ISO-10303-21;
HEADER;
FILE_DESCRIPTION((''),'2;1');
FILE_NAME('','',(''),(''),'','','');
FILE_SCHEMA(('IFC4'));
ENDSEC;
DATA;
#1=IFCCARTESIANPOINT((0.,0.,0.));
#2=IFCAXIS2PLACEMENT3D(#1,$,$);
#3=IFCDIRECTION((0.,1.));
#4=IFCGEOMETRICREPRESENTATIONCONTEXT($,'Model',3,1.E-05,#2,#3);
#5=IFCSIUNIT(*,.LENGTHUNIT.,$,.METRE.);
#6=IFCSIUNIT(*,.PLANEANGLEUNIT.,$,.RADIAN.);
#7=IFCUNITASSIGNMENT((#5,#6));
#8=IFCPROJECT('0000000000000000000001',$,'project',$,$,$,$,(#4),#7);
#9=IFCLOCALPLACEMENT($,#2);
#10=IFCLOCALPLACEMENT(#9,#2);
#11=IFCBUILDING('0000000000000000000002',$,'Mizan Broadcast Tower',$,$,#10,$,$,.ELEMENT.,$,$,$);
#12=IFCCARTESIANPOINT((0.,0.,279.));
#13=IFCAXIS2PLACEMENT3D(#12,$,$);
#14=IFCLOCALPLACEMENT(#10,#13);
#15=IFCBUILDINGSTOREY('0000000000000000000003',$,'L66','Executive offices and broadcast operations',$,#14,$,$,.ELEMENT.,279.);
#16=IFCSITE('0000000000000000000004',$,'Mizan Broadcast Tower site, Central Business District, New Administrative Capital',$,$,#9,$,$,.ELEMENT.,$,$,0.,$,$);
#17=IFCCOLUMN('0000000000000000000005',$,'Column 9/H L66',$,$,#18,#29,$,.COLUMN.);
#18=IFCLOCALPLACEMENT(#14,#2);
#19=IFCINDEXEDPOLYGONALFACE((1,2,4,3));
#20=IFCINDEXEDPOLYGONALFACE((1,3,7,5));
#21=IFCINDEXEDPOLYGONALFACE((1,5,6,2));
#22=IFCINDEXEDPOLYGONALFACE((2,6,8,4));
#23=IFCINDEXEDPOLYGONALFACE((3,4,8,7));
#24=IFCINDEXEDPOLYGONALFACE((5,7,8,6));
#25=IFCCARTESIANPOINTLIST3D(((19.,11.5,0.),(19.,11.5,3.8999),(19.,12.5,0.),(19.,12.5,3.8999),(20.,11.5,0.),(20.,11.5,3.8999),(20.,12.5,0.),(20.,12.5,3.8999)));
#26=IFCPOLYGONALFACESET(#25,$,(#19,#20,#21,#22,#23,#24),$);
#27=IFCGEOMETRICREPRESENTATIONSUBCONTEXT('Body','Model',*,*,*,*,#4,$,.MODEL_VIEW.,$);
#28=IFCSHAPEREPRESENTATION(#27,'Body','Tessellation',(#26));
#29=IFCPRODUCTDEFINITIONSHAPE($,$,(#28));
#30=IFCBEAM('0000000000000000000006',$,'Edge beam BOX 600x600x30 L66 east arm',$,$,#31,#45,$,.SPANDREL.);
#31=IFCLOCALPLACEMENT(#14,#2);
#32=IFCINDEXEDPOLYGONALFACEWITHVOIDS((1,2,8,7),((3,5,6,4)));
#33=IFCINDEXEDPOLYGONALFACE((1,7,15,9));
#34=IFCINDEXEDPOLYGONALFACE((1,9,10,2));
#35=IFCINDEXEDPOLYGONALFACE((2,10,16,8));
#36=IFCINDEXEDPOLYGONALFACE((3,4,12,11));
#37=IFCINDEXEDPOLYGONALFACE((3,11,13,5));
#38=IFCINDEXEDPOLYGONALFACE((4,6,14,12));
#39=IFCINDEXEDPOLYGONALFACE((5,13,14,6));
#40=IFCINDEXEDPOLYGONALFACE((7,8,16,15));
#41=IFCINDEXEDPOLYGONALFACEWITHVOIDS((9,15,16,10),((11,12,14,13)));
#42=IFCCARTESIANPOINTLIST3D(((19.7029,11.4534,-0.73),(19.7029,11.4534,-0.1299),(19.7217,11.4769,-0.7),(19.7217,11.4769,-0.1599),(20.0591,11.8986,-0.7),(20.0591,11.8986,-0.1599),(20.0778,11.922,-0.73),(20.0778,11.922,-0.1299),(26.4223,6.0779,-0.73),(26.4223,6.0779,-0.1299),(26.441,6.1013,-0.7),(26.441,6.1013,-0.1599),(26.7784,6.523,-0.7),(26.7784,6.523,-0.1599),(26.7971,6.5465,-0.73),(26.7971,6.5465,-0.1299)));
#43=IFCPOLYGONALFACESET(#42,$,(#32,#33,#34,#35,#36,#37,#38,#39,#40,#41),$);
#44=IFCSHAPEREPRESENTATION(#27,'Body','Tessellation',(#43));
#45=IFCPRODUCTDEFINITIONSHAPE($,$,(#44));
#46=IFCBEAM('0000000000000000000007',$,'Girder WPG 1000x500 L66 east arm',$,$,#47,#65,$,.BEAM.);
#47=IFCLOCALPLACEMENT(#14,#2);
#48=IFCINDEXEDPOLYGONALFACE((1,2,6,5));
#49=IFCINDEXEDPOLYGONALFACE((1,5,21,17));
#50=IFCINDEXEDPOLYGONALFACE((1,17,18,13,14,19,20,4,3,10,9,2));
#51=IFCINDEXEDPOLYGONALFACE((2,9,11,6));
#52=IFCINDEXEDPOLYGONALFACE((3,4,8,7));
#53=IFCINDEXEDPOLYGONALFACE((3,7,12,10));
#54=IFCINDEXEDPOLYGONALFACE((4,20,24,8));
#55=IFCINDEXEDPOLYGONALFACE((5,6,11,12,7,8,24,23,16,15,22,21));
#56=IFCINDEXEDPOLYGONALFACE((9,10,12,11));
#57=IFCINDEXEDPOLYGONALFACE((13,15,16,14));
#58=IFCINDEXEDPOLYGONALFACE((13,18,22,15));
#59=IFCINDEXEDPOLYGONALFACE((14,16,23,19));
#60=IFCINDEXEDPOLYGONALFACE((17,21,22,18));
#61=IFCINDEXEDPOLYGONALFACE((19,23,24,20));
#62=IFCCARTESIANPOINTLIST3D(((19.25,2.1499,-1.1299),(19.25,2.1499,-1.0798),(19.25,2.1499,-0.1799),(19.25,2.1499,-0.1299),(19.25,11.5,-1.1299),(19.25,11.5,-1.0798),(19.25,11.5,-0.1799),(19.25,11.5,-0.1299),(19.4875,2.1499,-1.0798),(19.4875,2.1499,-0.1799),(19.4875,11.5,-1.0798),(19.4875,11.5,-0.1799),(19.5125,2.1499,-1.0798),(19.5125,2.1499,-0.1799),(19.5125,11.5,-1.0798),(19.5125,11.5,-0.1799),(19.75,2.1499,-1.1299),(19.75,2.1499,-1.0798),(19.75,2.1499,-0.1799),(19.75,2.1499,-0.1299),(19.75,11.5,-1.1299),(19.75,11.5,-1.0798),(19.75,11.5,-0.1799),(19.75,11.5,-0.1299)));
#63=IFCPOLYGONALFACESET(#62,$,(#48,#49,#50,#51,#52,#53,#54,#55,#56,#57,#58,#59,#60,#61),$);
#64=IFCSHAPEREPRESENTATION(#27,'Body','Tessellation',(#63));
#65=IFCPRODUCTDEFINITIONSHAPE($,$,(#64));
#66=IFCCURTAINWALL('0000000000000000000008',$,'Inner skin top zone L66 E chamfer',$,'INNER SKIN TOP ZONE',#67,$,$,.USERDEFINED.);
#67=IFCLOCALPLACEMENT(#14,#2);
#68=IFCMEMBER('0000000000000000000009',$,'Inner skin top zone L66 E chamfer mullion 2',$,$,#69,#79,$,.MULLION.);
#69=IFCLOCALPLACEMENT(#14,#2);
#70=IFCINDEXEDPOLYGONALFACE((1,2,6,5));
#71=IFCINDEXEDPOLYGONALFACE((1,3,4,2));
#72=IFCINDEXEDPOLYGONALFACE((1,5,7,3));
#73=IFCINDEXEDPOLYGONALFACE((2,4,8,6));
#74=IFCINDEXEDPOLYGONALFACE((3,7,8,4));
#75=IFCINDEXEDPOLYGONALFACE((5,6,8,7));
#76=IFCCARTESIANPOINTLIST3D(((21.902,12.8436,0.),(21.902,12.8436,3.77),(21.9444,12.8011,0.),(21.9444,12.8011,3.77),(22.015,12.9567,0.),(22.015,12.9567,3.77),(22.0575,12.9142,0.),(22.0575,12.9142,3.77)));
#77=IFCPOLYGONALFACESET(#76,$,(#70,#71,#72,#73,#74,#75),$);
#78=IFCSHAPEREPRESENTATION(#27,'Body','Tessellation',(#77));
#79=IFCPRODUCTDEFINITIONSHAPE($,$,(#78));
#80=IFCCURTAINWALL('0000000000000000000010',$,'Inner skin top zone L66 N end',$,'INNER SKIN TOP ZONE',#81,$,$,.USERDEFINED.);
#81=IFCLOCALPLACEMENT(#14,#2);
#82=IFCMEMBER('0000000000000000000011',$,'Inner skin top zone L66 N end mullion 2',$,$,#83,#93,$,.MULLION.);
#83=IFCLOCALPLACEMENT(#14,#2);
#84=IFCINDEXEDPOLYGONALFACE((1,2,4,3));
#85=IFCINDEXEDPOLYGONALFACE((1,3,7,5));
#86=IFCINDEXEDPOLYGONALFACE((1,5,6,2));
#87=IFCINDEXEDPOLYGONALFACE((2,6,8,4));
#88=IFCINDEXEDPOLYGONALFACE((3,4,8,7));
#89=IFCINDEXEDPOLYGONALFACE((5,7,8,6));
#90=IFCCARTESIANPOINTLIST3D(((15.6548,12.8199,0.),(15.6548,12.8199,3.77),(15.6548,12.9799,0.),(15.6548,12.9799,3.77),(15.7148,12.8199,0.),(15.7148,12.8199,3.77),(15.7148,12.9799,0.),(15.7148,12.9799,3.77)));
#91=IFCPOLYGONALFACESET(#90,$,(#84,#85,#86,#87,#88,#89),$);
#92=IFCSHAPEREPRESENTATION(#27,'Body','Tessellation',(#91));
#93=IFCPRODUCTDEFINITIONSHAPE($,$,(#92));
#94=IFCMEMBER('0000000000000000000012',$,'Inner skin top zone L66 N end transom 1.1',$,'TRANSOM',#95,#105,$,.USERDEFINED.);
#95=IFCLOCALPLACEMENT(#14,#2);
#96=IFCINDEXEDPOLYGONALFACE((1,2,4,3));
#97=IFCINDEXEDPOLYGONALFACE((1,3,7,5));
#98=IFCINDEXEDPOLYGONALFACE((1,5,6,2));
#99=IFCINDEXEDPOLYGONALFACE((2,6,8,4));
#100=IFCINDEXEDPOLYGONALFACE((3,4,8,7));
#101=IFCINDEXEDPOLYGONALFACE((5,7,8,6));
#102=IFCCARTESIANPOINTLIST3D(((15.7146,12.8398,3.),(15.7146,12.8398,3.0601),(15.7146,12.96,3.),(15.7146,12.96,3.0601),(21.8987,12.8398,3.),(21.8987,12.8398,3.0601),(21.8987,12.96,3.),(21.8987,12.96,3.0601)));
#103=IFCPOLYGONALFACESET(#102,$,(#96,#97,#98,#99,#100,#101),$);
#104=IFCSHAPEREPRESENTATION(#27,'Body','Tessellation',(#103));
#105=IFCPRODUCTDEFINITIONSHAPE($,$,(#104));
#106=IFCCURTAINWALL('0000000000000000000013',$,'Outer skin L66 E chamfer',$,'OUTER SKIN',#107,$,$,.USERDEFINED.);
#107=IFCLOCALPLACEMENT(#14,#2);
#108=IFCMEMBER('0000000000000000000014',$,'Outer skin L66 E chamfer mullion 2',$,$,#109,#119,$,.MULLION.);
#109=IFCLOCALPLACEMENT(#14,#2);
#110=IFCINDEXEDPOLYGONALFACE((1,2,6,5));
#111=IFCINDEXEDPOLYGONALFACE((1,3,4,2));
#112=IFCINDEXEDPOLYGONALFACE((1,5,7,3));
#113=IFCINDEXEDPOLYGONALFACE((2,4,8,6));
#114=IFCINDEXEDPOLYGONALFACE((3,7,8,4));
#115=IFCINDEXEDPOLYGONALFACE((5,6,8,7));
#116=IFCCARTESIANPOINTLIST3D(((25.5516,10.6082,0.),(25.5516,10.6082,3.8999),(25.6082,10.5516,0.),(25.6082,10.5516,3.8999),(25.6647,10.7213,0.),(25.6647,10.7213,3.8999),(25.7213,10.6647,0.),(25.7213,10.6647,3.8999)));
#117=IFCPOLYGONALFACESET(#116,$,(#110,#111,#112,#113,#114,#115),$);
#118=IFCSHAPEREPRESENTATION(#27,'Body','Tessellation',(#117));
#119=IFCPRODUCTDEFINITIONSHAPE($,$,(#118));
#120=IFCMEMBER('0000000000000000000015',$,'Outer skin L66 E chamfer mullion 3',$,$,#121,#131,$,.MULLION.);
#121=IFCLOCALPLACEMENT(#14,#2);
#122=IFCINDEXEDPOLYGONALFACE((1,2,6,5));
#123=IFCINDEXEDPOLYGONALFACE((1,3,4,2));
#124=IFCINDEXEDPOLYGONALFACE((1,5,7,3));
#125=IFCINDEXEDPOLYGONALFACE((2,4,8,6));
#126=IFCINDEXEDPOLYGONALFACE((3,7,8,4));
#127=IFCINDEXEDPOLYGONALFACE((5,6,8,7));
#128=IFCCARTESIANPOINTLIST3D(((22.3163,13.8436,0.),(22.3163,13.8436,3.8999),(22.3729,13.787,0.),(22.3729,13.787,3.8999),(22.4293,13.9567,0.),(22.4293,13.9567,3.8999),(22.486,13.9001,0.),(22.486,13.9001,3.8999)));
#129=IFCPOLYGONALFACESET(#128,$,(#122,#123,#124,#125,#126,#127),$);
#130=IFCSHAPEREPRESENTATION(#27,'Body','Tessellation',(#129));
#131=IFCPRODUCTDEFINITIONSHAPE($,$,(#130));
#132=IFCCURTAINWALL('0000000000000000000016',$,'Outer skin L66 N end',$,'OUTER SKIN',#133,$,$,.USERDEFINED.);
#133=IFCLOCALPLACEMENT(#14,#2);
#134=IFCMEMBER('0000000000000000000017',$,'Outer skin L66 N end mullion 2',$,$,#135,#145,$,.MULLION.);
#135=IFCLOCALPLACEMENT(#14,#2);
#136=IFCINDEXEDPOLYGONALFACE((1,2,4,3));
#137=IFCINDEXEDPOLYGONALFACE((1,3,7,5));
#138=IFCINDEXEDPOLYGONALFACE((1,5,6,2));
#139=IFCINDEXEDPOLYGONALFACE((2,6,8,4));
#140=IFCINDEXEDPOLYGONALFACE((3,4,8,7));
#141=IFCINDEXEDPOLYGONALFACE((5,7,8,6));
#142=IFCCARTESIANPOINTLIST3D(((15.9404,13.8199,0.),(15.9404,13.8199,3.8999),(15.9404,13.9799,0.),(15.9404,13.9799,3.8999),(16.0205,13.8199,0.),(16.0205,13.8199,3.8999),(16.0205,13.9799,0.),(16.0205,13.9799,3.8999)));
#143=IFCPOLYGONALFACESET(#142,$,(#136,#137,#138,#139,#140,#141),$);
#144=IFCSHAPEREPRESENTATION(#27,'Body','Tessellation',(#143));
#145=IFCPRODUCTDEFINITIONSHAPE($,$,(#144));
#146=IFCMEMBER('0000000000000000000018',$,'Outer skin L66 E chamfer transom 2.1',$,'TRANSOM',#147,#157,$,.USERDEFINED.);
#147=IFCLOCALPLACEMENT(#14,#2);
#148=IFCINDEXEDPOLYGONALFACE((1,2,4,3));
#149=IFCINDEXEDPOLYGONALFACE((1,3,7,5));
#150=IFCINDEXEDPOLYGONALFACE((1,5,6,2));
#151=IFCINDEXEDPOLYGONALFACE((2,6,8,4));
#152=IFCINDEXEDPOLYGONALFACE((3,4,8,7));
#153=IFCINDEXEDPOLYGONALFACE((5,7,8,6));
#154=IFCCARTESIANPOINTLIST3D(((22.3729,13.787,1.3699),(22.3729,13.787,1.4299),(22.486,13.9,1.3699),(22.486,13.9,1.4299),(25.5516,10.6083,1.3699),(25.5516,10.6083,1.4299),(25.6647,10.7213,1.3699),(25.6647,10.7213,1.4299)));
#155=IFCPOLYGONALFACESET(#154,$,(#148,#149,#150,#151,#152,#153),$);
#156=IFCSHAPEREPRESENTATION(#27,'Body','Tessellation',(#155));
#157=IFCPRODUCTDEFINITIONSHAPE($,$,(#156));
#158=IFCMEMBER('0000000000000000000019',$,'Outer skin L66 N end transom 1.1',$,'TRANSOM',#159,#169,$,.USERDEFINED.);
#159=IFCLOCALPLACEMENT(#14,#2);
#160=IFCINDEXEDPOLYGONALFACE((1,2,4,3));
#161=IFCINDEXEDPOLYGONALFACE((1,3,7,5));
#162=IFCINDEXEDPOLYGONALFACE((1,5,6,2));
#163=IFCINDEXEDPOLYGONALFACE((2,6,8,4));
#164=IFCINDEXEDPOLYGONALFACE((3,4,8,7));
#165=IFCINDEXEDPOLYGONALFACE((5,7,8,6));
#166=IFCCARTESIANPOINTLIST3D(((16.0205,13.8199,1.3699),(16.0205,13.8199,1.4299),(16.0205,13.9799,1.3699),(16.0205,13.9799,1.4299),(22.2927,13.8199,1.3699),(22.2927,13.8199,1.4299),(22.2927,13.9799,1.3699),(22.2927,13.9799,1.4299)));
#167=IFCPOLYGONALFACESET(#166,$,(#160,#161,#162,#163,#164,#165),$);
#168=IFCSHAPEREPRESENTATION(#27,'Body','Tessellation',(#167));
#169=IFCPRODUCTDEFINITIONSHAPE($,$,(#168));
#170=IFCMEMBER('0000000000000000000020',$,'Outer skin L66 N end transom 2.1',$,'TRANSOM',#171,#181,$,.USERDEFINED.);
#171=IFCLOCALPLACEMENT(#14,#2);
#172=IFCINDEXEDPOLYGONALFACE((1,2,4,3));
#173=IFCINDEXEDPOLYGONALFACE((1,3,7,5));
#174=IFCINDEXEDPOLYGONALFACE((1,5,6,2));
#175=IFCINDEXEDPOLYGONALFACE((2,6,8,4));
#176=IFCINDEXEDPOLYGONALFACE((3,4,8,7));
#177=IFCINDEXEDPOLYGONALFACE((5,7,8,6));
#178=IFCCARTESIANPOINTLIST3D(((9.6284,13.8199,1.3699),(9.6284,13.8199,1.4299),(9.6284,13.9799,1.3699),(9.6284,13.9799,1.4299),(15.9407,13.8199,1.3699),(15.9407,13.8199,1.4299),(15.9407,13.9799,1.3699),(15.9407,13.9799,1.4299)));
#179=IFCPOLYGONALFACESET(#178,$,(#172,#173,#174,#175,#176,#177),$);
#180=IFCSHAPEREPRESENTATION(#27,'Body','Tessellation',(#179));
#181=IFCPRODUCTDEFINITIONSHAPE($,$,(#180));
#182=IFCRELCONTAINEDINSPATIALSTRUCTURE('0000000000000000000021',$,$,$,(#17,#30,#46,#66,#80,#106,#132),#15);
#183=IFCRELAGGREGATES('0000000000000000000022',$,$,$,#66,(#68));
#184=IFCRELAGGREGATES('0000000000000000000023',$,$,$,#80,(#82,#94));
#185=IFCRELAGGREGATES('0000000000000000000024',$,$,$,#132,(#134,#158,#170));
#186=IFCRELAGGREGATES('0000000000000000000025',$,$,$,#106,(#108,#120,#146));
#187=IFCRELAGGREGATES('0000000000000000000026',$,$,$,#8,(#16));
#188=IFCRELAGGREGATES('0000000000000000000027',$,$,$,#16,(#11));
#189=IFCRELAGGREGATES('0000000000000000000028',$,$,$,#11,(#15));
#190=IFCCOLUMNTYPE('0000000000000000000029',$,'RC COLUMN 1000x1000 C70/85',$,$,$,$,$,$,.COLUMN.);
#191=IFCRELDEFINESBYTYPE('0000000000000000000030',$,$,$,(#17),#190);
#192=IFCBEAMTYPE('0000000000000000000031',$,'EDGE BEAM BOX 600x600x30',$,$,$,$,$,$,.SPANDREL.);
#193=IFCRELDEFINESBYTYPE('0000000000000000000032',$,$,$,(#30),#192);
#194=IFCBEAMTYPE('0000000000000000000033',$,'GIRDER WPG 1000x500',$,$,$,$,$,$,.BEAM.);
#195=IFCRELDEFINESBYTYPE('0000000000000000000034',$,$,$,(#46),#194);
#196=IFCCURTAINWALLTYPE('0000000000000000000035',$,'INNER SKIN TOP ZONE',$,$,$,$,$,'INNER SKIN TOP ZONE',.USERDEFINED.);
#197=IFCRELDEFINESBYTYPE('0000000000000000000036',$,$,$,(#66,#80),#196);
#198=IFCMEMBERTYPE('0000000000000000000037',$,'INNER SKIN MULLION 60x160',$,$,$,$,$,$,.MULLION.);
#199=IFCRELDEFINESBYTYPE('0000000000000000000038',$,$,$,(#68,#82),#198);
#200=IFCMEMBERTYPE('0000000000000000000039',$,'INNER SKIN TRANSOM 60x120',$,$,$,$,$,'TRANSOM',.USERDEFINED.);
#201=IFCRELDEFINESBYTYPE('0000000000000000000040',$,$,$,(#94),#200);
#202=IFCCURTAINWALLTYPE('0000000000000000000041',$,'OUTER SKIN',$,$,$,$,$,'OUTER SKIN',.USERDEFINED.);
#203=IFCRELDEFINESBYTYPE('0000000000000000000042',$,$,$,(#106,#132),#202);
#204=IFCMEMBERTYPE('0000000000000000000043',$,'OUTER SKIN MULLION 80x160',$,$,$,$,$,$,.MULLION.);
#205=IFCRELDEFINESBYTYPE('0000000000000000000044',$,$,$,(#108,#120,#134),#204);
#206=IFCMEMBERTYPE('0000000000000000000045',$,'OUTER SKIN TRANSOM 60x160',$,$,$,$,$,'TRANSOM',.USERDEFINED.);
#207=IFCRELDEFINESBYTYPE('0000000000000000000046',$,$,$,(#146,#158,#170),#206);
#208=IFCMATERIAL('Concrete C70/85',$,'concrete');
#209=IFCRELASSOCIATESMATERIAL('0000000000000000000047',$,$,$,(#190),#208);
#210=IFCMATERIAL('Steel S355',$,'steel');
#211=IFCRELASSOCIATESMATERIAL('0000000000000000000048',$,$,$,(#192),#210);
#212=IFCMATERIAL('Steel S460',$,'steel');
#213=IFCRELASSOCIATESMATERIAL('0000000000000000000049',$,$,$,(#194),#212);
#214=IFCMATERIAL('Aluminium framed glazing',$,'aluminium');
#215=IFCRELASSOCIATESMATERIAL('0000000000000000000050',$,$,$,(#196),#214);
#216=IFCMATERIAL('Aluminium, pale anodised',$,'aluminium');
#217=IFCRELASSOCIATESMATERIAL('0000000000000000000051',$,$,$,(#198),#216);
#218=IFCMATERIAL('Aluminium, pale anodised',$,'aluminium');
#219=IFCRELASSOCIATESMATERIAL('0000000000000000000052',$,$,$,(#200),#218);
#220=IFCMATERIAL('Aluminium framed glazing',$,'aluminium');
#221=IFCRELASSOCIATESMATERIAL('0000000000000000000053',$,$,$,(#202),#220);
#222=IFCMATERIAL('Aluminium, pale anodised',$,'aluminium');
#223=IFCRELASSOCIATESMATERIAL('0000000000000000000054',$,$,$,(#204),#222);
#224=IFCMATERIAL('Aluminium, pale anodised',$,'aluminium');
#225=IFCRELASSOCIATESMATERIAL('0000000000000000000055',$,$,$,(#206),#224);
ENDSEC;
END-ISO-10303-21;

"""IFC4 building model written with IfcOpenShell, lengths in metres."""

from ifc_helpers import new_model, si_unit, direction, frame, origin, origin_2d, place, context, subcontext, project, spatial, rectangle, hollow_rectangle, i_section, extrude, material, material_profile, profile_set, type_object, element, aggregate, save


model = new_model("IFC4")

# Units and contexts
model_context = context("Model", 3, precision=1e-05, world=origin(), true_north=direction((0.0, 1.0)))
body_context = subcontext(model_context, "Body", "Model", "MODEL_VIEW")
ifc_project = project(units=[si_unit("LENGTHUNIT", "METRE"), si_unit("PLANEANGLEUNIT", "RADIAN")], contexts=[model_context])

# Site, building, storey
site_placement = place(None, origin())
site = spatial("IfcSite", under=ifc_project, at=site_placement, Name="Mizan Broadcast Tower site, Central Business District, New Administrative Capital", CompositionType="ELEMENT", RefElevation=0.0)
building_placement = place(site_placement, origin())
building = spatial("IfcBuilding", under=site, at=building_placement, Name="Mizan Broadcast Tower", CompositionType="ELEMENT")
storey_placement = place(building_placement, frame((0.0, 0.0, 279.0)))
storey = spatial("IfcBuildingStorey", under=building, at=storey_placement, Name="L66", Description="Executive offices and broadcast operations", CompositionType="ELEMENT", Elevation=279.0)

# Column
ifc_material_1 = material(Name="Concrete C70/85", Category="concrete")
ifc_material_profile_1 = material_profile(ifc_material_1, rectangle(XDim=1.0, YDim=1.0, at=origin_2d()), Name="RC 1000x1000")
ifc_profile_set_1 = profile_set([ifc_material_profile_1], Name="Concrete C70/85")
column_type = type_object("IfcColumnType", Name="RC COLUMN 1000x1000 C70/85", PredefinedType="COLUMN", material=ifc_profile_set_1)
column_placement = place(storey_placement, frame((19.5, 12.0, 0.0), z_axis=(0.0, 0.0, 1.0), x_axis=(1.0, 0.0, 0.0)))
element("IfcColumn", 1, at=column_placement, inside=storey, type_object=column_type, Name="Column 9/H L66", PredefinedType="COLUMN", context=body_context, shape_type="SweptSolid", body=[
    extrude(rectangle(XDim=1.0, YDim=1.0, at=origin_2d()), origin(), (0.0, 0.0, 1.0), 3.8999),
])

# Beams
ifc_material_2 = material(Name="Steel S355", Category="steel")
ifc_material_profile_2 = material_profile(ifc_material_2, hollow_rectangle(XDim=0.6001, YDim=0.6001, WallThickness=0.03, at=origin_2d()), Name="BOX 600x600x30")
ifc_profile_set_2 = profile_set([ifc_material_profile_2], Name="Steel S355")
beam_type_1 = type_object("IfcBeamType", Name="EDGE BEAM BOX 600x600x30", PredefinedType="SPANDREL", material=ifc_profile_set_2)
beam_1_placement = place(storey_placement, frame((19.8904, 11.6877, -0.4299), z_axis=(0.780863, -0.624702, 0.0), x_axis=(0.624702, 0.780863, 0.0)))
element("IfcBeam", 2, at=beam_1_placement, inside=storey, type_object=beam_type_1, Name="Edge beam BOX 600x600x30 L66 east arm", PredefinedType="SPANDREL", context=body_context, shape_type="SweptSolid", body=[
    extrude(hollow_rectangle(XDim=0.6001, YDim=0.6001, WallThickness=0.03, at=origin_2d()), origin(), (0.0, 0.0, 1.0), 8.605),
])
ifc_material_3 = material(Name="Steel S460", Category="steel")
ifc_material_profile_3 = material_profile(ifc_material_3, i_section(OverallWidth=0.5, OverallDepth=1.0, WebThickness=0.0249, FlangeThickness=0.05, at=origin_2d()), Name="WPG 1000x500")
ifc_profile_set_3 = profile_set([ifc_material_profile_3], Name="Steel S460")
beam_type_2 = type_object("IfcBeamType", Name="GIRDER WPG 1000x500", PredefinedType="BEAM", material=ifc_profile_set_3)
beam_2_placement = place(storey_placement, frame((19.5, 11.5, -0.6299), z_axis=(0.0, -1.0, 0.0), x_axis=(1.0, 0.0, 0.0)))
element("IfcBeam", 3, at=beam_2_placement, inside=storey, type_object=beam_type_2, Name="Girder WPG 1000x500 L66 east arm", PredefinedType="BEAM", context=body_context, shape_type="SweptSolid", body=[
    extrude(i_section(OverallWidth=0.5, OverallDepth=1.0, WebThickness=0.0249, FlangeThickness=0.05, at=origin_2d()), origin(), (0.0, 0.0, 1.0), 9.3501),
])

# Curtain wall, member
ifc_material_4 = material(Name="Aluminium framed glazing", Category="aluminium")
curtain_wall_type_1 = type_object("IfcCurtainWallType", Name="INNER SKIN TOP ZONE", ElementType="INNER SKIN TOP ZONE", PredefinedType="USERDEFINED", material=ifc_material_4)
curtain_wall_1_placement = place(storey_placement, origin())
curtain_wall_1 = element("IfcCurtainWall", 4, at=curtain_wall_1_placement, inside=storey, type_object=curtain_wall_type_1, Name="Inner skin top zone L66 E chamfer", ObjectType="INNER SKIN TOP ZONE", PredefinedType="USERDEFINED")
ifc_material_5 = material(Name="Aluminium, pale anodised", Category="aluminium")
ifc_material_profile_4 = material_profile(ifc_material_5, rectangle(XDim=0.1599, YDim=0.0601, at=origin_2d()), Name="MULLION 160x60")
ifc_profile_set_4 = profile_set([ifc_material_profile_4], Name="Aluminium, pale anodised")
member_type_1 = type_object("IfcMemberType", Name="INNER SKIN MULLION 60x160", PredefinedType="MULLION", material=ifc_profile_set_4)
member_1_placement = place(storey_placement, frame((21.9797, 12.8789, 0.0), z_axis=(0.0, 0.0, 1.0), x_axis=(-0.707107, -0.707107, 0.0)))
member_1 = element("IfcMember", 5, at=member_1_placement, type_object=member_type_1, Name="Inner skin top zone L66 E chamfer mullion 2", PredefinedType="MULLION", context=body_context, shape_type="SweptSolid", body=[
    extrude(rectangle(XDim=0.1599, YDim=0.0601, at=origin_2d()), origin(), (0.0, 0.0, 1.0), 3.77),
])

# Curtain walls, members
curtain_wall_2_placement = place(storey_placement, origin())
curtain_wall_2 = element("IfcCurtainWall", 6, at=curtain_wall_2_placement, inside=storey, type_object=curtain_wall_type_1, Name="Inner skin top zone L66 N end", ObjectType="INNER SKIN TOP ZONE", PredefinedType="USERDEFINED")
member_2_placement = place(storey_placement, frame((15.6848, 12.8999, 0.0), z_axis=(0.0, 0.0, 1.0), x_axis=(0.0, -1.0, 0.0)))
member_2 = element("IfcMember", 7, at=member_2_placement, type_object=member_type_1, Name="Inner skin top zone L66 N end mullion 2", PredefinedType="MULLION", context=body_context, shape_type="SweptSolid", body=[
    extrude(rectangle(XDim=0.1599, YDim=0.0601, at=origin_2d()), origin(), (0.0, 0.0, 1.0), 3.77),
])
ifc_material_6 = material(Name="Aluminium, pale anodised", Category="aluminium")
ifc_material_profile_5 = material_profile(ifc_material_6, rectangle(XDim=0.1201, YDim=0.0601, at=origin_2d()), Name="TRANSOM 120x60")
ifc_profile_set_5 = profile_set([ifc_material_profile_5], Name="Aluminium, pale anodised")
member_type_2 = type_object("IfcMemberType", Name="INNER SKIN TRANSOM 60x120", ElementType="TRANSOM", PredefinedType="USERDEFINED", material=ifc_profile_set_5)
member_3_placement = place(storey_placement, frame((21.8987, 12.8999, 3.03), z_axis=(-1.0, 0.0, 0.0), x_axis=(0.0, -1.0, 0.0)))
member_3 = element("IfcMember", 8, at=member_3_placement, type_object=member_type_2, Name="Inner skin top zone L66 N end transom 1.1", ObjectType="TRANSOM", PredefinedType="USERDEFINED", context=body_context, shape_type="SweptSolid", body=[
    extrude(rectangle(XDim=0.1201, YDim=0.0601, at=origin_2d()), origin(), (0.0, 0.0, 1.0), 6.1841),
])
ifc_material_7 = material(Name="Aluminium framed glazing", Category="aluminium")
curtain_wall_type_2 = type_object("IfcCurtainWallType", Name="OUTER SKIN", ElementType="OUTER SKIN", PredefinedType="USERDEFINED", material=ifc_material_7)
curtain_wall_3_placement = place(storey_placement, origin())
curtain_wall_3 = element("IfcCurtainWall", 9, at=curtain_wall_3_placement, inside=storey, type_object=curtain_wall_type_2, Name="Outer skin L66 E chamfer", ObjectType="OUTER SKIN", PredefinedType="USERDEFINED")
ifc_material_8 = material(Name="Aluminium, pale anodised", Category="aluminium")
ifc_material_profile_6 = material_profile(ifc_material_8, rectangle(XDim=0.1599, YDim=0.0801, at=origin_2d()), Name="MULLION 160x80")
ifc_profile_set_6 = profile_set([ifc_material_profile_6], Name="Aluminium, pale anodised")
member_type_3 = type_object("IfcMemberType", Name="OUTER SKIN MULLION 80x160", PredefinedType="MULLION", material=ifc_profile_set_6)
member_4_placement = place(storey_placement, frame((25.6365, 10.6365, 0.0), z_axis=(0.0, 0.0, 1.0), x_axis=(-0.707107, -0.707107, 0.0)))
member_4 = element("IfcMember", 10, at=member_4_placement, type_object=member_type_3, Name="Outer skin L66 E chamfer mullion 2", PredefinedType="MULLION", context=body_context, shape_type="SweptSolid", body=[
    extrude(rectangle(XDim=0.1599, YDim=0.0801, at=origin_2d()), origin(), (0.0, 0.0, 1.0), 3.8999),
])
member_5_placement = place(storey_placement, frame((22.4011, 13.8718, 0.0), z_axis=(0.0, 0.0, 1.0), x_axis=(-0.707107, -0.707107, 0.0)))
member_5 = element("IfcMember", 11, at=member_5_placement, type_object=member_type_3, Name="Outer skin L66 E chamfer mullion 3", PredefinedType="MULLION", context=body_context, shape_type="SweptSolid", body=[
    extrude(rectangle(XDim=0.1599, YDim=0.0801, at=origin_2d()), origin(), (0.0, 0.0, 1.0), 3.8999),
])

# Curtain wall, member
curtain_wall_4_placement = place(storey_placement, origin())
curtain_wall_4 = element("IfcCurtainWall", 12, at=curtain_wall_4_placement, inside=storey, type_object=curtain_wall_type_2, Name="Outer skin L66 N end", ObjectType="OUTER SKIN", PredefinedType="USERDEFINED")
member_6_placement = place(storey_placement, frame((15.9805, 13.8999, 0.0), z_axis=(0.0, 0.0, 1.0), x_axis=(0.0, -1.0, 0.0)))
member_6 = element("IfcMember", 13, at=member_6_placement, type_object=member_type_3, Name="Outer skin L66 N end mullion 2", PredefinedType="MULLION", context=body_context, shape_type="SweptSolid", body=[
    extrude(rectangle(XDim=0.1599, YDim=0.0801, at=origin_2d()), origin(), (0.0, 0.0, 1.0), 3.8999),
])

# Members
ifc_material_9 = material(Name="Aluminium, pale anodised", Category="aluminium")
ifc_material_profile_7 = material_profile(ifc_material_9, rectangle(XDim=0.1599, YDim=0.0601, at=origin_2d()), Name="TRANSOM 160x60")
ifc_profile_set_7 = profile_set([ifc_material_profile_7], Name="Aluminium, pale anodised")
member_type_4 = type_object("IfcMemberType", Name="OUTER SKIN TRANSOM 60x160", ElementType="TRANSOM", PredefinedType="USERDEFINED", material=ifc_profile_set_7)
member_7_placement = place(storey_placement, frame((25.6082, 10.6648, 1.3999), z_axis=(-0.707107, 0.707107, 0.0), x_axis=(-0.707107, -0.707107, 0.0)))
member_7 = element("IfcMember", 14, at=member_7_placement, type_object=member_type_4, Name="Outer skin L66 E chamfer transom 2.1", ObjectType="TRANSOM", PredefinedType="USERDEFINED", context=body_context, shape_type="SweptSolid", body=[
    extrude(rectangle(XDim=0.1599, YDim=0.0601, at=origin_2d()), origin(), (0.0, 0.0, 1.0), 4.4954),
])
member_8_placement = place(storey_placement, frame((22.2927, 13.8999, 1.3999), z_axis=(-1.0, 0.0, 0.0), x_axis=(0.0, -1.0, 0.0)))
member_8 = element("IfcMember", 15, at=member_8_placement, type_object=member_type_4, Name="Outer skin L66 N end transom 1.1", ObjectType="TRANSOM", PredefinedType="USERDEFINED", context=body_context, shape_type="SweptSolid", body=[
    extrude(rectangle(XDim=0.1599, YDim=0.0601, at=origin_2d()), origin(), (0.0, 0.0, 1.0), 6.2722),
])
member_9_placement = place(storey_placement, frame((15.9407, 13.8999, 1.3999), z_axis=(-1.0, 0.0, 0.0), x_axis=(0.0, -1.0, 0.0)))
member_9 = element("IfcMember", 16, at=member_9_placement, type_object=member_type_4, Name="Outer skin L66 N end transom 2.1", ObjectType="TRANSOM", PredefinedType="USERDEFINED", context=body_context, shape_type="SweptSolid", body=[
    extrude(rectangle(XDim=0.1599, YDim=0.0601, at=origin_2d()), origin(), (0.0, 0.0, 1.0), 6.3123),
])

aggregate(curtain_wall_1, [member_1])
aggregate(curtain_wall_2, [member_2, member_3])
aggregate(curtain_wall_4, [member_6, member_8, member_9])
aggregate(curtain_wall_3, [member_4, member_5, member_7])

save(model, "model.ifc")
